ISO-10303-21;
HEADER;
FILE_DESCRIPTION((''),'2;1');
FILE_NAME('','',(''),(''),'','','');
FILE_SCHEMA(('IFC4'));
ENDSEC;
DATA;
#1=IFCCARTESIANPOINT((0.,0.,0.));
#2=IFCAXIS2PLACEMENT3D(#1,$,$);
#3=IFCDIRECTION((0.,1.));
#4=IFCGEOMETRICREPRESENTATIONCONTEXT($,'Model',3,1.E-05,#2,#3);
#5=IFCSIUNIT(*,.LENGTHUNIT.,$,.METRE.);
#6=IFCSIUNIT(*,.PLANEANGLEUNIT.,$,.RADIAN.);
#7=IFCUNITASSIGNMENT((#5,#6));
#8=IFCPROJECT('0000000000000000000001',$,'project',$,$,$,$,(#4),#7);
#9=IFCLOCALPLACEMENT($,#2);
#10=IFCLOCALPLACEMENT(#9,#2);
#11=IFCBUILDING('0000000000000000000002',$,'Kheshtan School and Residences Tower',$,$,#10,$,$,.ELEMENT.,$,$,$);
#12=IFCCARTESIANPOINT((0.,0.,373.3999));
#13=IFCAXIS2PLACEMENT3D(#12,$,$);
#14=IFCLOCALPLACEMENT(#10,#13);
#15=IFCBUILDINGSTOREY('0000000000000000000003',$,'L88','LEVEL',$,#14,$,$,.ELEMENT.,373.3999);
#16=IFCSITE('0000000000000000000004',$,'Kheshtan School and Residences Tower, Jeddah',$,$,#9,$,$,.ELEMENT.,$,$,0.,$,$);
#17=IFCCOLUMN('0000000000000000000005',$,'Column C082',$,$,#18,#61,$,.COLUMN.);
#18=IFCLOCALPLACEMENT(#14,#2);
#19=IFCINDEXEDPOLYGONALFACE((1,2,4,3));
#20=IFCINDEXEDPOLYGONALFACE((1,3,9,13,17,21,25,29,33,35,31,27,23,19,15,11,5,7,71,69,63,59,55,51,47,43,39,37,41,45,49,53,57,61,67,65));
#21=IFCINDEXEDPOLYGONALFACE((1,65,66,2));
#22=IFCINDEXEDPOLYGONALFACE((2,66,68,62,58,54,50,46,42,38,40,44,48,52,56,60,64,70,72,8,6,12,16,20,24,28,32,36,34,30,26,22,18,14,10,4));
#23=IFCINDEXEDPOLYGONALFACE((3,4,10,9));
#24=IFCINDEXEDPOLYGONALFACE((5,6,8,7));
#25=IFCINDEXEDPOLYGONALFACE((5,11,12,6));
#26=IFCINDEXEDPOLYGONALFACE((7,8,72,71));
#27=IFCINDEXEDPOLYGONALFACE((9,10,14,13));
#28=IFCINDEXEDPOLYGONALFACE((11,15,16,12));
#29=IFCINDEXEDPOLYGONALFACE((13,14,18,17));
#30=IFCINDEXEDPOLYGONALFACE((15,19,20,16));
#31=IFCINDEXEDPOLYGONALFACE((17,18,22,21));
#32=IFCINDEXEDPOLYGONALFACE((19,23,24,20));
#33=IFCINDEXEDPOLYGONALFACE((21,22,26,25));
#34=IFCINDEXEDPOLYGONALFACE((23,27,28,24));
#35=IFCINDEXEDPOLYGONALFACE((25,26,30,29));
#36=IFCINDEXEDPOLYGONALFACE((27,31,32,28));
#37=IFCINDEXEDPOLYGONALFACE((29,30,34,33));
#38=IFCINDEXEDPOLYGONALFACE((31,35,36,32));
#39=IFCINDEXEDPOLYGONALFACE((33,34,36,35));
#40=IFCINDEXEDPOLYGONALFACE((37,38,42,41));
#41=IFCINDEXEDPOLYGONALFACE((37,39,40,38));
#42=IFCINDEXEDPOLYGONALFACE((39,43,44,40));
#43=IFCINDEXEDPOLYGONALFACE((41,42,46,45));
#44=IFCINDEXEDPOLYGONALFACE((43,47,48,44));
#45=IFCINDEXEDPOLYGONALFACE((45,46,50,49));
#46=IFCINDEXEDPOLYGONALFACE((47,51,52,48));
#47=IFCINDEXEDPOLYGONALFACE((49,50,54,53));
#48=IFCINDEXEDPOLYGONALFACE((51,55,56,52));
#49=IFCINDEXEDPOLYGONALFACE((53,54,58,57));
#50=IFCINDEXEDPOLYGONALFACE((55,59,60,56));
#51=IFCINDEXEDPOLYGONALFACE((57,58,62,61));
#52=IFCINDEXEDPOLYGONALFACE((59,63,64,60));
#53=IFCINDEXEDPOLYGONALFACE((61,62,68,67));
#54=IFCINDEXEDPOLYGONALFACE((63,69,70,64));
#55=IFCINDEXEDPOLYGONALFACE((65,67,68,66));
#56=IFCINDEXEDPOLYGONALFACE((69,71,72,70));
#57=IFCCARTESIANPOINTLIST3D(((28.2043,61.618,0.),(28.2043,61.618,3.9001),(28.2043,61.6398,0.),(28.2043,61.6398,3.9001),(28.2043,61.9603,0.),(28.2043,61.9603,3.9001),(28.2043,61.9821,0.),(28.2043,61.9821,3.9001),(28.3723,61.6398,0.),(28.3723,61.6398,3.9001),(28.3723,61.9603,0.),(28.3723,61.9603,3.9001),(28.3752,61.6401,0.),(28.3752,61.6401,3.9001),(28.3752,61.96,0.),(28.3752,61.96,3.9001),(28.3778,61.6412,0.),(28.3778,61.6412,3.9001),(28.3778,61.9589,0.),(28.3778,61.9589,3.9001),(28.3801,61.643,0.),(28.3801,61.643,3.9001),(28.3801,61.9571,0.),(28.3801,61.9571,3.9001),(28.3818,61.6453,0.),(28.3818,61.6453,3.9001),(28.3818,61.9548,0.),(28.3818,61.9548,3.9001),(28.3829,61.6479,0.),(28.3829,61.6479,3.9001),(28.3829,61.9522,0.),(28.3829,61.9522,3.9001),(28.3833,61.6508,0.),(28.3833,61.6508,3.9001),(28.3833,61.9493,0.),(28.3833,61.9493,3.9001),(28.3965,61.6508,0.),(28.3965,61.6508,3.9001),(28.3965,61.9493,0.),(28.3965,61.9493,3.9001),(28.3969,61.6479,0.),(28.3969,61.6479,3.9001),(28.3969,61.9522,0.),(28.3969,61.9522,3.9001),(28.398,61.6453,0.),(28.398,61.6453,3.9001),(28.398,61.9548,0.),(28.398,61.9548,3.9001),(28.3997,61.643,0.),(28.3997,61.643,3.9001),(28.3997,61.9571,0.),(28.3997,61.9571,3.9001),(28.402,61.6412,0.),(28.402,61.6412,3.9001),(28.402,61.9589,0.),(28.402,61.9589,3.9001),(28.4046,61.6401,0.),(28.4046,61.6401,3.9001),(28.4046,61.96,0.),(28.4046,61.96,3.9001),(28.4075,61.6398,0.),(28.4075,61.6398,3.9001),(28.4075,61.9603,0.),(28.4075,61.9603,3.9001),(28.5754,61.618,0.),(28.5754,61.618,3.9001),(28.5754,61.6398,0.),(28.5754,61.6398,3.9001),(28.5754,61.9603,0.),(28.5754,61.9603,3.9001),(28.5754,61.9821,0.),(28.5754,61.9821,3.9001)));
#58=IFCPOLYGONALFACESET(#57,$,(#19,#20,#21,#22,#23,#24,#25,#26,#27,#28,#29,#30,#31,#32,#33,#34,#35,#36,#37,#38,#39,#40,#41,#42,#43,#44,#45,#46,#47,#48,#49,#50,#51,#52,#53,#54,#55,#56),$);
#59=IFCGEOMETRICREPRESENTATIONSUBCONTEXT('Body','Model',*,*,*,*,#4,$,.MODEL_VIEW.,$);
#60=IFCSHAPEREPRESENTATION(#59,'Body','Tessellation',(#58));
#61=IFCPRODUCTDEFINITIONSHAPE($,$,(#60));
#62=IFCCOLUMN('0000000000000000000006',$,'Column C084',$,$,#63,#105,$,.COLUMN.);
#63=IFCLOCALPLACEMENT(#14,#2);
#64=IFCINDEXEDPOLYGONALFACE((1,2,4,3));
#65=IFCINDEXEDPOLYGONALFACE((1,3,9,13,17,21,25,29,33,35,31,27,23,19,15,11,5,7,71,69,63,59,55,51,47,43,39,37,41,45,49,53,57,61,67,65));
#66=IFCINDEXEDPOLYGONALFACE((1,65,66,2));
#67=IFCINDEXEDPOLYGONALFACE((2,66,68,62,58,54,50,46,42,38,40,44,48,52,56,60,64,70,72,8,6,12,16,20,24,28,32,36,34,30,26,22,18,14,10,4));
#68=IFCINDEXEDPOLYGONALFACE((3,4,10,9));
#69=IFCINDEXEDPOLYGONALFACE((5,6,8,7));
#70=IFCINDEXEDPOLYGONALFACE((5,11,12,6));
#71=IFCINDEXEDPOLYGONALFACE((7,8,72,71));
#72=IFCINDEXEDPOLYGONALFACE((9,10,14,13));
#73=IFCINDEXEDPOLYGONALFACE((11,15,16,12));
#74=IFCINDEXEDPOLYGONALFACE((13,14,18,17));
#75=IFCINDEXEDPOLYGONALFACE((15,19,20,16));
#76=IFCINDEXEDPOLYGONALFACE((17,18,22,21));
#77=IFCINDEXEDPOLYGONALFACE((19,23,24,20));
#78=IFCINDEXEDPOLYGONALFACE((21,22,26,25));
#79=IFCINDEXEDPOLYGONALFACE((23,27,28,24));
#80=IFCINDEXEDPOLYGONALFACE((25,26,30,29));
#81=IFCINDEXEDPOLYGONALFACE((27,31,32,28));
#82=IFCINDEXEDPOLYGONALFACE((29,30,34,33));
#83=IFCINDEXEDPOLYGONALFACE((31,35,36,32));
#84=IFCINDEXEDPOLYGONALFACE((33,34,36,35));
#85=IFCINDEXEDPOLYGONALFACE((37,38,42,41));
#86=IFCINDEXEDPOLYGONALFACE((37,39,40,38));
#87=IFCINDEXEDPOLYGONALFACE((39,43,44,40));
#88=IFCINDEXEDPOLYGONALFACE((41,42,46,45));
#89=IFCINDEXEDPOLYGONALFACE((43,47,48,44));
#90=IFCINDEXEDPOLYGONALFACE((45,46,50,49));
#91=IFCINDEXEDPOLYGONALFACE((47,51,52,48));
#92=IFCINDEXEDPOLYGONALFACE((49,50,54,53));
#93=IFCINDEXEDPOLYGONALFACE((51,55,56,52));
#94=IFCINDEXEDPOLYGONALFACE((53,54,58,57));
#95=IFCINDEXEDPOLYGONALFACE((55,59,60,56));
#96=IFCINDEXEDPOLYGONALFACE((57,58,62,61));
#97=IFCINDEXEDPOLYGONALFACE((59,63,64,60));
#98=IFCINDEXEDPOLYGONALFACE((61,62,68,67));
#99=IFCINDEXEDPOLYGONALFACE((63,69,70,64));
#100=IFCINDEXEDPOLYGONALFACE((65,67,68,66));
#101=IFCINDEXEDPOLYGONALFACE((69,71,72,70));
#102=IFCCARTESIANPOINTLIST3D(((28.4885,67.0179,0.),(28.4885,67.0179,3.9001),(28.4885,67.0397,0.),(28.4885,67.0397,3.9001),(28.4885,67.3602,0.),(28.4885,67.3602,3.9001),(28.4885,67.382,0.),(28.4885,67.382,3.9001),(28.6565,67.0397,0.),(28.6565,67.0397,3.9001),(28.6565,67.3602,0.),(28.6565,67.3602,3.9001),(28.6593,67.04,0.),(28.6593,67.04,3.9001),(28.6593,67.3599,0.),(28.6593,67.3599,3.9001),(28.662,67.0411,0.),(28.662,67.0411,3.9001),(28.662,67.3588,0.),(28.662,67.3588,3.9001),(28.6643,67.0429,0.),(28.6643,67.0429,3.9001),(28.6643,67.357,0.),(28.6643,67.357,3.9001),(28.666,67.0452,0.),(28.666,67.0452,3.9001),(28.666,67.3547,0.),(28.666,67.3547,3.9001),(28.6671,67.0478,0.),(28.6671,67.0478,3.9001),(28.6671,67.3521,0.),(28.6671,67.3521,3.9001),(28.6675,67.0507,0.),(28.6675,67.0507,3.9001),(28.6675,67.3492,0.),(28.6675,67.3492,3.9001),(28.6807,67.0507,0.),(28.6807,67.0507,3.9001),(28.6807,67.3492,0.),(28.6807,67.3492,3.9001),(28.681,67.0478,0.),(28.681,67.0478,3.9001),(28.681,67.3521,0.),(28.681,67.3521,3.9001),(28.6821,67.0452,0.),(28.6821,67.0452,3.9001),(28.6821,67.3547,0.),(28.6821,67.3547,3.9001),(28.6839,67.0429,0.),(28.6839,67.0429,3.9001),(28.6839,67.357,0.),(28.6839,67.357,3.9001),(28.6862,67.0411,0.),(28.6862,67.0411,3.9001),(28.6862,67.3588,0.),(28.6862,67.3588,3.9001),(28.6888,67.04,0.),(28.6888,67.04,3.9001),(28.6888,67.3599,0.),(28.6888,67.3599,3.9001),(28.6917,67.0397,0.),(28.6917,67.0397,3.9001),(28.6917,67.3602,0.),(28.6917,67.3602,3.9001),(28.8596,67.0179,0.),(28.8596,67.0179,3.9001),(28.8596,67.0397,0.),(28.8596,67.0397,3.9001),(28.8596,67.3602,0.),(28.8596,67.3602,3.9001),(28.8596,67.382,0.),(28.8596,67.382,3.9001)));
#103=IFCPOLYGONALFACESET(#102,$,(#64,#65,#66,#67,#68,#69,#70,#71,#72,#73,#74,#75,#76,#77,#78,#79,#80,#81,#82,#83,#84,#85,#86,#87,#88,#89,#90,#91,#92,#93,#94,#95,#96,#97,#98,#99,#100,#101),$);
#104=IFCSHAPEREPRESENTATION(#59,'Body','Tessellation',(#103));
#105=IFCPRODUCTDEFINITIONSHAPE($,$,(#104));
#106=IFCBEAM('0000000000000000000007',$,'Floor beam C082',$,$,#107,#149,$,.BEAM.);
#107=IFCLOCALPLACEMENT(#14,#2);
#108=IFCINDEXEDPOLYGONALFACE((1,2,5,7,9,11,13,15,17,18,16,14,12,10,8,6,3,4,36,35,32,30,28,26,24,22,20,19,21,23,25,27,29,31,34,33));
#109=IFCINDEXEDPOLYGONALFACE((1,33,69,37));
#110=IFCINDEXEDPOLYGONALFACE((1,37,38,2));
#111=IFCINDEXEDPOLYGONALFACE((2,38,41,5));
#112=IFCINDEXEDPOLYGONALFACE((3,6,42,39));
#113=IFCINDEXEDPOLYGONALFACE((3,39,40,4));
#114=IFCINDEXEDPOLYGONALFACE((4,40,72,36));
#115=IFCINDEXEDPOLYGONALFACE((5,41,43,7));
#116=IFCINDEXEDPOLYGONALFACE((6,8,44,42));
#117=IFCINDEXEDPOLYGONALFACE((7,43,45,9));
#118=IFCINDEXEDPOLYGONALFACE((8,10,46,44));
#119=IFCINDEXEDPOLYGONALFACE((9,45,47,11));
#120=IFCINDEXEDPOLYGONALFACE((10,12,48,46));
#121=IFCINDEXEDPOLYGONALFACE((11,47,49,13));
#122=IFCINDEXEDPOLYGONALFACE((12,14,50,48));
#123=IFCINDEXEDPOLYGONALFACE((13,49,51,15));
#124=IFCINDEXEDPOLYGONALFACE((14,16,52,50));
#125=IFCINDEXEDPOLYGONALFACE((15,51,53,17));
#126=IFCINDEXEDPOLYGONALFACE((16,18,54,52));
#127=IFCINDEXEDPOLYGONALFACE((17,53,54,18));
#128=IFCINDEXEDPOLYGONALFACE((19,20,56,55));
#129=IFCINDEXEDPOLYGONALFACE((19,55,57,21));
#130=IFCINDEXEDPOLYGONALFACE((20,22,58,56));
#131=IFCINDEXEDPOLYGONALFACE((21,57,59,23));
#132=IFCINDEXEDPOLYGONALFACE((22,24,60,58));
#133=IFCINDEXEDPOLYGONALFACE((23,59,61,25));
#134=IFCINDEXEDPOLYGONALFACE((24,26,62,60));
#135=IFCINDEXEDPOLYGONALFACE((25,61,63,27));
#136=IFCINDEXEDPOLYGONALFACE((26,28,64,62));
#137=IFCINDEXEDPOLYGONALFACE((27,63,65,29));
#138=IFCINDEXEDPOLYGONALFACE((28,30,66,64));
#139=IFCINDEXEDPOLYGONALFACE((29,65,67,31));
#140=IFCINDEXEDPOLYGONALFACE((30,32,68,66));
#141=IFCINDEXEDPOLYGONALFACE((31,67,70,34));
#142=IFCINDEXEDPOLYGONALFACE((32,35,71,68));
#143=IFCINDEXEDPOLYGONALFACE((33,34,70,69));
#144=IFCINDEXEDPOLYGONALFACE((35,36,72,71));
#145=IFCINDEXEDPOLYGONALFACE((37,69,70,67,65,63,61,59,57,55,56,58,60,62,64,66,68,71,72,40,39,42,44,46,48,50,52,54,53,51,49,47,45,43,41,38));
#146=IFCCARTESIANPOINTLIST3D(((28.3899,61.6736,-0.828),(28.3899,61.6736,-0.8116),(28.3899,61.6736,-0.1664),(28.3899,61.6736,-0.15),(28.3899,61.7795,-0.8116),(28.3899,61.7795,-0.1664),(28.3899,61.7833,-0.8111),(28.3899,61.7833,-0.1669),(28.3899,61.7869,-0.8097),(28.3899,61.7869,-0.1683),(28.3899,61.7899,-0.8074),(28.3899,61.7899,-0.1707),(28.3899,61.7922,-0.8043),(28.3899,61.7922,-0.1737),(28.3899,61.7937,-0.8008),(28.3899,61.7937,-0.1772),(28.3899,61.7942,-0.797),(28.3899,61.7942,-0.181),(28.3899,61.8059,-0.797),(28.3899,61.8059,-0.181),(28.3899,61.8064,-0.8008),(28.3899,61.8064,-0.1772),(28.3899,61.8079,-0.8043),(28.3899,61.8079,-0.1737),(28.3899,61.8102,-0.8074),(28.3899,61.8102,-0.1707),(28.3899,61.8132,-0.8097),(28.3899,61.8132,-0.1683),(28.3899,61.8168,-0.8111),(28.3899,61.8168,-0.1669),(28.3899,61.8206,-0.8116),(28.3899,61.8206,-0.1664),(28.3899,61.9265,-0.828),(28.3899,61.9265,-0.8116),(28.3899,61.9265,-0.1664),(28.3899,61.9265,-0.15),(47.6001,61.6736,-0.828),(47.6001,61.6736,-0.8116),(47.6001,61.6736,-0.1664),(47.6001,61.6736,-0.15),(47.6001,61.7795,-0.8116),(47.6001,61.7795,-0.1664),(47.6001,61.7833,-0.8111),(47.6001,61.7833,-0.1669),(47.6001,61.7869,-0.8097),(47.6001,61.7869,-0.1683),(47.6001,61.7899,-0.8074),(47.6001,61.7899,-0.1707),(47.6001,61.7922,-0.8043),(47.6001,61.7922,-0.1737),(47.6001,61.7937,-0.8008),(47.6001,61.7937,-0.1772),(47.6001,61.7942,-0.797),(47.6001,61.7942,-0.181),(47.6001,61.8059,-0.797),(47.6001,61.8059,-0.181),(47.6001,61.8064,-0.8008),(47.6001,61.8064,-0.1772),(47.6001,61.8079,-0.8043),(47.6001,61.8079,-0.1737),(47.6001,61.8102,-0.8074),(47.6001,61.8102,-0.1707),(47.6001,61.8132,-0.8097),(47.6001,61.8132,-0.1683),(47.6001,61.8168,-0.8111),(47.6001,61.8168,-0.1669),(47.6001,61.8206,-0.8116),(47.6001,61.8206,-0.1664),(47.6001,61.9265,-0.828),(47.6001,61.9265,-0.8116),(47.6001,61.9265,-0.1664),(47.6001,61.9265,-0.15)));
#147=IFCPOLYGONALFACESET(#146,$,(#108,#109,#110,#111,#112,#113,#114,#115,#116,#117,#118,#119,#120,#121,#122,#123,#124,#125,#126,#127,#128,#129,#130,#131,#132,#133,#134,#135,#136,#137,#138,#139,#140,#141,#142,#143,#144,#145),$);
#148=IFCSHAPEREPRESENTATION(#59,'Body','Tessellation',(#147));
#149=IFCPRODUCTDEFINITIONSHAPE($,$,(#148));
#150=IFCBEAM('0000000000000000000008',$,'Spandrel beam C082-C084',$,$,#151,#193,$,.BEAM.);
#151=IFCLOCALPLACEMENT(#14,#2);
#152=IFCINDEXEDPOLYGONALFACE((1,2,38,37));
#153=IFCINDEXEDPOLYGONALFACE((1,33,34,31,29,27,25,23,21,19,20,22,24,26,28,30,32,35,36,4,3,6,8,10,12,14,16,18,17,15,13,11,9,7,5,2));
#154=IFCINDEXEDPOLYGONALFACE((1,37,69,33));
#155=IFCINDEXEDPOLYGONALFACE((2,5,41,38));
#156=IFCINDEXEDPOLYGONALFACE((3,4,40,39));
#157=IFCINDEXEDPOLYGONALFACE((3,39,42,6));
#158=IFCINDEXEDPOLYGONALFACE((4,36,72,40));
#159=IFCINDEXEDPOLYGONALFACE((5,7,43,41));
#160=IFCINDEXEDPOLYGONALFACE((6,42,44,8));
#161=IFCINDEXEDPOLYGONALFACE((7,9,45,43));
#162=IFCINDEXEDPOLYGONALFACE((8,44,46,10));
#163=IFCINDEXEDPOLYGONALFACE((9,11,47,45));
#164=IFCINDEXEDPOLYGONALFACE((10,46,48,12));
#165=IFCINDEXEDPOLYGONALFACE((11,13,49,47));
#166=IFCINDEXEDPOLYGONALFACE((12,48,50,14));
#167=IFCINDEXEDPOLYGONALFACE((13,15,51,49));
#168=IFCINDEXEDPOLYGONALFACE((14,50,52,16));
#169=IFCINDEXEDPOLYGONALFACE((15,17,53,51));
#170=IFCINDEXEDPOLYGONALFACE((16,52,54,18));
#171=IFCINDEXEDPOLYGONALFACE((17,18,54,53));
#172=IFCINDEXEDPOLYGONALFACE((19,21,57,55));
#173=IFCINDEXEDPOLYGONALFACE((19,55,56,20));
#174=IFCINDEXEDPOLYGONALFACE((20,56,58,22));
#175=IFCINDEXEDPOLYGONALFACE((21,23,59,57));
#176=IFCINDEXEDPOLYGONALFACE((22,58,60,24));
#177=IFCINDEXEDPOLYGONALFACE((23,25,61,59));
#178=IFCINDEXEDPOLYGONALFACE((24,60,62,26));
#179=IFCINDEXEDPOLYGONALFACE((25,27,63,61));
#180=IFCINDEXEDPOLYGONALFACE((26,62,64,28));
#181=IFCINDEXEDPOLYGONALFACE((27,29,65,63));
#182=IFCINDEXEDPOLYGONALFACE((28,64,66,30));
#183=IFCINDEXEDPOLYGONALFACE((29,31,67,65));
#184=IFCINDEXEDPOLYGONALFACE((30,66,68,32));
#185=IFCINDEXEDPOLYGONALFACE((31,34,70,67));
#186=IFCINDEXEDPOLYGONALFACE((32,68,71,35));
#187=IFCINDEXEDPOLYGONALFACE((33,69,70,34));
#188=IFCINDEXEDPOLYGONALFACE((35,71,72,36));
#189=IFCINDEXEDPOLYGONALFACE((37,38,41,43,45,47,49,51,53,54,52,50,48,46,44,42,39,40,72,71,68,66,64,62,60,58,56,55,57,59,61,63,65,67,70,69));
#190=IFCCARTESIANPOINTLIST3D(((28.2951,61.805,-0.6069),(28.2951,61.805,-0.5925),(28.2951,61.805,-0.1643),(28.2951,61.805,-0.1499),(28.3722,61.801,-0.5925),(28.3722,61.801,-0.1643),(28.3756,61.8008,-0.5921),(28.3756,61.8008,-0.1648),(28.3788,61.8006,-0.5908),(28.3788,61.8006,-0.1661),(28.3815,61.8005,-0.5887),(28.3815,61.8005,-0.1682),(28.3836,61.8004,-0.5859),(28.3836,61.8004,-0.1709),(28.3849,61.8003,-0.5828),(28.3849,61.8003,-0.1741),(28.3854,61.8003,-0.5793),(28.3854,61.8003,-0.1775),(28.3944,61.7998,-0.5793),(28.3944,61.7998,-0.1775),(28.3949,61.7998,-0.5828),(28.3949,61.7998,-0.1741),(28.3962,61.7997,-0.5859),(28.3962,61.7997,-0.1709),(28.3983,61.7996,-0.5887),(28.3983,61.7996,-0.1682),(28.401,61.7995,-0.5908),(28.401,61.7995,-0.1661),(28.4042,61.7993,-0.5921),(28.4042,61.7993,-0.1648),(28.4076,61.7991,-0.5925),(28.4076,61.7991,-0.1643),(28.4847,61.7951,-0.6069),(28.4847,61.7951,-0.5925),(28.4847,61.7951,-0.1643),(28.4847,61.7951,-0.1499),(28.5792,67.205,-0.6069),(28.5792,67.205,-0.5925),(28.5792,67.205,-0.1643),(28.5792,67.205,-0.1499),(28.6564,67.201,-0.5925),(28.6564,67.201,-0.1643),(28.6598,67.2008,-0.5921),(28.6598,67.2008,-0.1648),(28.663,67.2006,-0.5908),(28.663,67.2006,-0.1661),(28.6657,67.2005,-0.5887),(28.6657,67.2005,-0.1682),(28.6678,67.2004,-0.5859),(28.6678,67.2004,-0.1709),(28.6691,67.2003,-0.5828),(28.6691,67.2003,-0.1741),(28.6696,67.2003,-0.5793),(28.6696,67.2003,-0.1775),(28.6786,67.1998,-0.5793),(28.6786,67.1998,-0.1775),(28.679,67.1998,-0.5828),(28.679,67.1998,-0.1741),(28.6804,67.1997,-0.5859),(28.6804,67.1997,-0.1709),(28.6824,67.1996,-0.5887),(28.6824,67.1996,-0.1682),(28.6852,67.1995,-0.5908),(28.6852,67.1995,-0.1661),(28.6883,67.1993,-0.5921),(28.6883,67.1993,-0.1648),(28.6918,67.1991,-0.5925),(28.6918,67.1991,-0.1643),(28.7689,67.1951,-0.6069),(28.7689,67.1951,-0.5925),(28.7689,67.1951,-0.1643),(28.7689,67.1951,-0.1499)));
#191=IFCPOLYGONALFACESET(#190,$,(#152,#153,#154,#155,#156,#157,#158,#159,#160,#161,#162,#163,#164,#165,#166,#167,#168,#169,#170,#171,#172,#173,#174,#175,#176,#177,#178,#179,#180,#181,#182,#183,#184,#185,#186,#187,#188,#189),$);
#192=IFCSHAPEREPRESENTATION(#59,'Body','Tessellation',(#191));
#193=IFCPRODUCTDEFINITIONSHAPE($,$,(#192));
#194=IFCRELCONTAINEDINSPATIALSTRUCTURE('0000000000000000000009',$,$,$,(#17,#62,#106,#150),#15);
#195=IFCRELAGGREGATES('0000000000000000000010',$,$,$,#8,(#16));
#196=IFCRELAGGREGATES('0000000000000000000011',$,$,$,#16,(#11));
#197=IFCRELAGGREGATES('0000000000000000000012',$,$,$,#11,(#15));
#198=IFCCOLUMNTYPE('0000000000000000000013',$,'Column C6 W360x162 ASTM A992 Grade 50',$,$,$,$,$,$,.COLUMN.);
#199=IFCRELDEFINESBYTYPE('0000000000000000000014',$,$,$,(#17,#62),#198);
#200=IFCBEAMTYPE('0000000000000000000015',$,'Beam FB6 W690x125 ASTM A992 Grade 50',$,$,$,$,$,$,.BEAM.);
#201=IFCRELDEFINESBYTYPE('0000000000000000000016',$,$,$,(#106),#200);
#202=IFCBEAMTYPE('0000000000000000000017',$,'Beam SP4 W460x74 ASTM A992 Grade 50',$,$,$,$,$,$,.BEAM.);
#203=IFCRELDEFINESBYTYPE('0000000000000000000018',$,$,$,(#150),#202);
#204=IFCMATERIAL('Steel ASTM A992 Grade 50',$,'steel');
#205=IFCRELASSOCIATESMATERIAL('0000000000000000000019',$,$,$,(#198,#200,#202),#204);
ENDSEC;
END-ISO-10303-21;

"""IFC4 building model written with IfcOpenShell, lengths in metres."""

from ifc_helpers import new_model, si_unit, direction, frame, origin, origin_2d, place, context, subcontext, project, spatial, i_section, extrude, material, material_profile, profile_set, type_object, element, save


model = new_model("IFC4")

# Units and contexts
model_context = context("Model", 3, precision=1e-05, world=origin(), true_north=direction((0.0, 1.0)))
body_context = subcontext(model_context, "Body", "Model", "MODEL_VIEW")
ifc_project = project(units=[si_unit("LENGTHUNIT", "METRE"), si_unit("PLANEANGLEUNIT", "RADIAN")], contexts=[model_context])

# Site, building, storey
site_placement = place(None, origin())
site = spatial("IfcSite", under=ifc_project, at=site_placement, Name="Kheshtan School and Residences Tower, Jeddah", CompositionType="ELEMENT", RefElevation=0.0)
building_placement = place(site_placement, origin())
building = spatial("IfcBuilding", under=site, at=building_placement, Name="Kheshtan School and Residences Tower", CompositionType="ELEMENT")
storey_placement = place(building_placement, frame((0.0, 0.0, 373.3999)))
storey = spatial("IfcBuildingStorey", under=building, at=storey_placement, Name="L88", Description="LEVEL", CompositionType="ELEMENT", Elevation=373.3999)

# Columns
ifc_material_1 = material(Name="Steel ASTM A992 Grade 50", Category="steel")
ifc_material_profile_1 = material_profile(ifc_material_1, i_section(OverallWidth=0.3711, OverallDepth=0.364, WebThickness=0.0132, FlangeThickness=0.0217, FilletRadius=0.011, at=origin_2d()), Name="W360x162")
ifc_profile_set_1 = profile_set([ifc_material_profile_1], Name="Steel ASTM A992 Grade 50")
column_type = type_object("IfcColumnType", Name="Column C6 W360x162 ASTM A992 Grade 50", PredefinedType="COLUMN", material=ifc_profile_set_1)
for number, where, z_axis, x_axis, name in (
    (1, (28.3899, 61.8, 0.0), (0.0, 0.0, 1.0), (1.0, 0.0, 0.0), "Column C082"),
    (2, (28.6741, 67.2, 0.0), (0.0, 0.0, 1.0), (1.0, 0.0, 0.0), "Column C084"),
):
    element("IfcColumn", number, at=place(storey_placement, frame(where, z_axis=z_axis, x_axis=x_axis)), inside=storey, type_object=column_type, Name=name, PredefinedType="COLUMN", context=body_context, shape_type="SweptSolid", body=[
        extrude(i_section(OverallWidth=0.3711, OverallDepth=0.364, WebThickness=0.0132, FlangeThickness=0.0217, FilletRadius=0.011, at=origin_2d()), origin(), (0.0, 0.0, 1.0), 3.9001),
    ])

# Beams
ifc_material_profile_2 = material_profile(ifc_material_1, i_section(OverallWidth=0.2529, OverallDepth=0.678, WebThickness=0.0117, FlangeThickness=0.0164, FilletRadius=0.0146, at=origin_2d()), Name="W690x125")
ifc_profile_set_2 = profile_set([ifc_material_profile_2], Name="Steel ASTM A992 Grade 50")
beam_type_1 = type_object("IfcBeamType", Name="Beam FB6 W690x125 ASTM A992 Grade 50", PredefinedType="BEAM", material=ifc_profile_set_2)
beam_1_placement = place(storey_placement, frame((28.3899, 61.8, -0.489), z_axis=(1.0, 0.0, 0.0), x_axis=(0.0, 1.0, 0.0)))
element("IfcBeam", 3, at=beam_1_placement, inside=storey, type_object=beam_type_1, Name="Floor beam C082", PredefinedType="BEAM", context=body_context, shape_type="SweptSolid", body=[
    extrude(i_section(OverallWidth=0.2529, OverallDepth=0.678, WebThickness=0.0117, FlangeThickness=0.0164, FilletRadius=0.0146, at=origin_2d()), origin(), (0.0, 0.0, 1.0), 19.2102),
])
ifc_material_profile_3 = material_profile(ifc_material_1, i_section(OverallWidth=0.1899, OverallDepth=0.457, WebThickness=0.009, FlangeThickness=0.0144, FilletRadius=0.0132, at=origin_2d()), Name="W460x74")
ifc_profile_set_3 = profile_set([ifc_material_profile_3], Name="Steel ASTM A992 Grade 50")
beam_type_2 = type_object("IfcBeamType", Name="Beam SP4 W460x74 ASTM A992 Grade 50", PredefinedType="BEAM", material=ifc_profile_set_3)
beam_2_placement = place(storey_placement, frame((28.3899, 61.8, -0.3784), z_axis=(0.052554, 0.998618, 0.0), x_axis=(-0.998618, 0.052554, 0.0)))
element("IfcBeam", 4, at=beam_2_placement, inside=storey, type_object=beam_type_2, Name="Spandrel beam C082-C084", PredefinedType="BEAM", context=body_context, shape_type="SweptSolid", body=[
    extrude(i_section(OverallWidth=0.1899, OverallDepth=0.457, WebThickness=0.009, FlangeThickness=0.0144, FilletRadius=0.0132, at=origin_2d()), origin(), (0.0, 0.0, 1.0), 5.4075),
])

save(model, "model.ifc")
